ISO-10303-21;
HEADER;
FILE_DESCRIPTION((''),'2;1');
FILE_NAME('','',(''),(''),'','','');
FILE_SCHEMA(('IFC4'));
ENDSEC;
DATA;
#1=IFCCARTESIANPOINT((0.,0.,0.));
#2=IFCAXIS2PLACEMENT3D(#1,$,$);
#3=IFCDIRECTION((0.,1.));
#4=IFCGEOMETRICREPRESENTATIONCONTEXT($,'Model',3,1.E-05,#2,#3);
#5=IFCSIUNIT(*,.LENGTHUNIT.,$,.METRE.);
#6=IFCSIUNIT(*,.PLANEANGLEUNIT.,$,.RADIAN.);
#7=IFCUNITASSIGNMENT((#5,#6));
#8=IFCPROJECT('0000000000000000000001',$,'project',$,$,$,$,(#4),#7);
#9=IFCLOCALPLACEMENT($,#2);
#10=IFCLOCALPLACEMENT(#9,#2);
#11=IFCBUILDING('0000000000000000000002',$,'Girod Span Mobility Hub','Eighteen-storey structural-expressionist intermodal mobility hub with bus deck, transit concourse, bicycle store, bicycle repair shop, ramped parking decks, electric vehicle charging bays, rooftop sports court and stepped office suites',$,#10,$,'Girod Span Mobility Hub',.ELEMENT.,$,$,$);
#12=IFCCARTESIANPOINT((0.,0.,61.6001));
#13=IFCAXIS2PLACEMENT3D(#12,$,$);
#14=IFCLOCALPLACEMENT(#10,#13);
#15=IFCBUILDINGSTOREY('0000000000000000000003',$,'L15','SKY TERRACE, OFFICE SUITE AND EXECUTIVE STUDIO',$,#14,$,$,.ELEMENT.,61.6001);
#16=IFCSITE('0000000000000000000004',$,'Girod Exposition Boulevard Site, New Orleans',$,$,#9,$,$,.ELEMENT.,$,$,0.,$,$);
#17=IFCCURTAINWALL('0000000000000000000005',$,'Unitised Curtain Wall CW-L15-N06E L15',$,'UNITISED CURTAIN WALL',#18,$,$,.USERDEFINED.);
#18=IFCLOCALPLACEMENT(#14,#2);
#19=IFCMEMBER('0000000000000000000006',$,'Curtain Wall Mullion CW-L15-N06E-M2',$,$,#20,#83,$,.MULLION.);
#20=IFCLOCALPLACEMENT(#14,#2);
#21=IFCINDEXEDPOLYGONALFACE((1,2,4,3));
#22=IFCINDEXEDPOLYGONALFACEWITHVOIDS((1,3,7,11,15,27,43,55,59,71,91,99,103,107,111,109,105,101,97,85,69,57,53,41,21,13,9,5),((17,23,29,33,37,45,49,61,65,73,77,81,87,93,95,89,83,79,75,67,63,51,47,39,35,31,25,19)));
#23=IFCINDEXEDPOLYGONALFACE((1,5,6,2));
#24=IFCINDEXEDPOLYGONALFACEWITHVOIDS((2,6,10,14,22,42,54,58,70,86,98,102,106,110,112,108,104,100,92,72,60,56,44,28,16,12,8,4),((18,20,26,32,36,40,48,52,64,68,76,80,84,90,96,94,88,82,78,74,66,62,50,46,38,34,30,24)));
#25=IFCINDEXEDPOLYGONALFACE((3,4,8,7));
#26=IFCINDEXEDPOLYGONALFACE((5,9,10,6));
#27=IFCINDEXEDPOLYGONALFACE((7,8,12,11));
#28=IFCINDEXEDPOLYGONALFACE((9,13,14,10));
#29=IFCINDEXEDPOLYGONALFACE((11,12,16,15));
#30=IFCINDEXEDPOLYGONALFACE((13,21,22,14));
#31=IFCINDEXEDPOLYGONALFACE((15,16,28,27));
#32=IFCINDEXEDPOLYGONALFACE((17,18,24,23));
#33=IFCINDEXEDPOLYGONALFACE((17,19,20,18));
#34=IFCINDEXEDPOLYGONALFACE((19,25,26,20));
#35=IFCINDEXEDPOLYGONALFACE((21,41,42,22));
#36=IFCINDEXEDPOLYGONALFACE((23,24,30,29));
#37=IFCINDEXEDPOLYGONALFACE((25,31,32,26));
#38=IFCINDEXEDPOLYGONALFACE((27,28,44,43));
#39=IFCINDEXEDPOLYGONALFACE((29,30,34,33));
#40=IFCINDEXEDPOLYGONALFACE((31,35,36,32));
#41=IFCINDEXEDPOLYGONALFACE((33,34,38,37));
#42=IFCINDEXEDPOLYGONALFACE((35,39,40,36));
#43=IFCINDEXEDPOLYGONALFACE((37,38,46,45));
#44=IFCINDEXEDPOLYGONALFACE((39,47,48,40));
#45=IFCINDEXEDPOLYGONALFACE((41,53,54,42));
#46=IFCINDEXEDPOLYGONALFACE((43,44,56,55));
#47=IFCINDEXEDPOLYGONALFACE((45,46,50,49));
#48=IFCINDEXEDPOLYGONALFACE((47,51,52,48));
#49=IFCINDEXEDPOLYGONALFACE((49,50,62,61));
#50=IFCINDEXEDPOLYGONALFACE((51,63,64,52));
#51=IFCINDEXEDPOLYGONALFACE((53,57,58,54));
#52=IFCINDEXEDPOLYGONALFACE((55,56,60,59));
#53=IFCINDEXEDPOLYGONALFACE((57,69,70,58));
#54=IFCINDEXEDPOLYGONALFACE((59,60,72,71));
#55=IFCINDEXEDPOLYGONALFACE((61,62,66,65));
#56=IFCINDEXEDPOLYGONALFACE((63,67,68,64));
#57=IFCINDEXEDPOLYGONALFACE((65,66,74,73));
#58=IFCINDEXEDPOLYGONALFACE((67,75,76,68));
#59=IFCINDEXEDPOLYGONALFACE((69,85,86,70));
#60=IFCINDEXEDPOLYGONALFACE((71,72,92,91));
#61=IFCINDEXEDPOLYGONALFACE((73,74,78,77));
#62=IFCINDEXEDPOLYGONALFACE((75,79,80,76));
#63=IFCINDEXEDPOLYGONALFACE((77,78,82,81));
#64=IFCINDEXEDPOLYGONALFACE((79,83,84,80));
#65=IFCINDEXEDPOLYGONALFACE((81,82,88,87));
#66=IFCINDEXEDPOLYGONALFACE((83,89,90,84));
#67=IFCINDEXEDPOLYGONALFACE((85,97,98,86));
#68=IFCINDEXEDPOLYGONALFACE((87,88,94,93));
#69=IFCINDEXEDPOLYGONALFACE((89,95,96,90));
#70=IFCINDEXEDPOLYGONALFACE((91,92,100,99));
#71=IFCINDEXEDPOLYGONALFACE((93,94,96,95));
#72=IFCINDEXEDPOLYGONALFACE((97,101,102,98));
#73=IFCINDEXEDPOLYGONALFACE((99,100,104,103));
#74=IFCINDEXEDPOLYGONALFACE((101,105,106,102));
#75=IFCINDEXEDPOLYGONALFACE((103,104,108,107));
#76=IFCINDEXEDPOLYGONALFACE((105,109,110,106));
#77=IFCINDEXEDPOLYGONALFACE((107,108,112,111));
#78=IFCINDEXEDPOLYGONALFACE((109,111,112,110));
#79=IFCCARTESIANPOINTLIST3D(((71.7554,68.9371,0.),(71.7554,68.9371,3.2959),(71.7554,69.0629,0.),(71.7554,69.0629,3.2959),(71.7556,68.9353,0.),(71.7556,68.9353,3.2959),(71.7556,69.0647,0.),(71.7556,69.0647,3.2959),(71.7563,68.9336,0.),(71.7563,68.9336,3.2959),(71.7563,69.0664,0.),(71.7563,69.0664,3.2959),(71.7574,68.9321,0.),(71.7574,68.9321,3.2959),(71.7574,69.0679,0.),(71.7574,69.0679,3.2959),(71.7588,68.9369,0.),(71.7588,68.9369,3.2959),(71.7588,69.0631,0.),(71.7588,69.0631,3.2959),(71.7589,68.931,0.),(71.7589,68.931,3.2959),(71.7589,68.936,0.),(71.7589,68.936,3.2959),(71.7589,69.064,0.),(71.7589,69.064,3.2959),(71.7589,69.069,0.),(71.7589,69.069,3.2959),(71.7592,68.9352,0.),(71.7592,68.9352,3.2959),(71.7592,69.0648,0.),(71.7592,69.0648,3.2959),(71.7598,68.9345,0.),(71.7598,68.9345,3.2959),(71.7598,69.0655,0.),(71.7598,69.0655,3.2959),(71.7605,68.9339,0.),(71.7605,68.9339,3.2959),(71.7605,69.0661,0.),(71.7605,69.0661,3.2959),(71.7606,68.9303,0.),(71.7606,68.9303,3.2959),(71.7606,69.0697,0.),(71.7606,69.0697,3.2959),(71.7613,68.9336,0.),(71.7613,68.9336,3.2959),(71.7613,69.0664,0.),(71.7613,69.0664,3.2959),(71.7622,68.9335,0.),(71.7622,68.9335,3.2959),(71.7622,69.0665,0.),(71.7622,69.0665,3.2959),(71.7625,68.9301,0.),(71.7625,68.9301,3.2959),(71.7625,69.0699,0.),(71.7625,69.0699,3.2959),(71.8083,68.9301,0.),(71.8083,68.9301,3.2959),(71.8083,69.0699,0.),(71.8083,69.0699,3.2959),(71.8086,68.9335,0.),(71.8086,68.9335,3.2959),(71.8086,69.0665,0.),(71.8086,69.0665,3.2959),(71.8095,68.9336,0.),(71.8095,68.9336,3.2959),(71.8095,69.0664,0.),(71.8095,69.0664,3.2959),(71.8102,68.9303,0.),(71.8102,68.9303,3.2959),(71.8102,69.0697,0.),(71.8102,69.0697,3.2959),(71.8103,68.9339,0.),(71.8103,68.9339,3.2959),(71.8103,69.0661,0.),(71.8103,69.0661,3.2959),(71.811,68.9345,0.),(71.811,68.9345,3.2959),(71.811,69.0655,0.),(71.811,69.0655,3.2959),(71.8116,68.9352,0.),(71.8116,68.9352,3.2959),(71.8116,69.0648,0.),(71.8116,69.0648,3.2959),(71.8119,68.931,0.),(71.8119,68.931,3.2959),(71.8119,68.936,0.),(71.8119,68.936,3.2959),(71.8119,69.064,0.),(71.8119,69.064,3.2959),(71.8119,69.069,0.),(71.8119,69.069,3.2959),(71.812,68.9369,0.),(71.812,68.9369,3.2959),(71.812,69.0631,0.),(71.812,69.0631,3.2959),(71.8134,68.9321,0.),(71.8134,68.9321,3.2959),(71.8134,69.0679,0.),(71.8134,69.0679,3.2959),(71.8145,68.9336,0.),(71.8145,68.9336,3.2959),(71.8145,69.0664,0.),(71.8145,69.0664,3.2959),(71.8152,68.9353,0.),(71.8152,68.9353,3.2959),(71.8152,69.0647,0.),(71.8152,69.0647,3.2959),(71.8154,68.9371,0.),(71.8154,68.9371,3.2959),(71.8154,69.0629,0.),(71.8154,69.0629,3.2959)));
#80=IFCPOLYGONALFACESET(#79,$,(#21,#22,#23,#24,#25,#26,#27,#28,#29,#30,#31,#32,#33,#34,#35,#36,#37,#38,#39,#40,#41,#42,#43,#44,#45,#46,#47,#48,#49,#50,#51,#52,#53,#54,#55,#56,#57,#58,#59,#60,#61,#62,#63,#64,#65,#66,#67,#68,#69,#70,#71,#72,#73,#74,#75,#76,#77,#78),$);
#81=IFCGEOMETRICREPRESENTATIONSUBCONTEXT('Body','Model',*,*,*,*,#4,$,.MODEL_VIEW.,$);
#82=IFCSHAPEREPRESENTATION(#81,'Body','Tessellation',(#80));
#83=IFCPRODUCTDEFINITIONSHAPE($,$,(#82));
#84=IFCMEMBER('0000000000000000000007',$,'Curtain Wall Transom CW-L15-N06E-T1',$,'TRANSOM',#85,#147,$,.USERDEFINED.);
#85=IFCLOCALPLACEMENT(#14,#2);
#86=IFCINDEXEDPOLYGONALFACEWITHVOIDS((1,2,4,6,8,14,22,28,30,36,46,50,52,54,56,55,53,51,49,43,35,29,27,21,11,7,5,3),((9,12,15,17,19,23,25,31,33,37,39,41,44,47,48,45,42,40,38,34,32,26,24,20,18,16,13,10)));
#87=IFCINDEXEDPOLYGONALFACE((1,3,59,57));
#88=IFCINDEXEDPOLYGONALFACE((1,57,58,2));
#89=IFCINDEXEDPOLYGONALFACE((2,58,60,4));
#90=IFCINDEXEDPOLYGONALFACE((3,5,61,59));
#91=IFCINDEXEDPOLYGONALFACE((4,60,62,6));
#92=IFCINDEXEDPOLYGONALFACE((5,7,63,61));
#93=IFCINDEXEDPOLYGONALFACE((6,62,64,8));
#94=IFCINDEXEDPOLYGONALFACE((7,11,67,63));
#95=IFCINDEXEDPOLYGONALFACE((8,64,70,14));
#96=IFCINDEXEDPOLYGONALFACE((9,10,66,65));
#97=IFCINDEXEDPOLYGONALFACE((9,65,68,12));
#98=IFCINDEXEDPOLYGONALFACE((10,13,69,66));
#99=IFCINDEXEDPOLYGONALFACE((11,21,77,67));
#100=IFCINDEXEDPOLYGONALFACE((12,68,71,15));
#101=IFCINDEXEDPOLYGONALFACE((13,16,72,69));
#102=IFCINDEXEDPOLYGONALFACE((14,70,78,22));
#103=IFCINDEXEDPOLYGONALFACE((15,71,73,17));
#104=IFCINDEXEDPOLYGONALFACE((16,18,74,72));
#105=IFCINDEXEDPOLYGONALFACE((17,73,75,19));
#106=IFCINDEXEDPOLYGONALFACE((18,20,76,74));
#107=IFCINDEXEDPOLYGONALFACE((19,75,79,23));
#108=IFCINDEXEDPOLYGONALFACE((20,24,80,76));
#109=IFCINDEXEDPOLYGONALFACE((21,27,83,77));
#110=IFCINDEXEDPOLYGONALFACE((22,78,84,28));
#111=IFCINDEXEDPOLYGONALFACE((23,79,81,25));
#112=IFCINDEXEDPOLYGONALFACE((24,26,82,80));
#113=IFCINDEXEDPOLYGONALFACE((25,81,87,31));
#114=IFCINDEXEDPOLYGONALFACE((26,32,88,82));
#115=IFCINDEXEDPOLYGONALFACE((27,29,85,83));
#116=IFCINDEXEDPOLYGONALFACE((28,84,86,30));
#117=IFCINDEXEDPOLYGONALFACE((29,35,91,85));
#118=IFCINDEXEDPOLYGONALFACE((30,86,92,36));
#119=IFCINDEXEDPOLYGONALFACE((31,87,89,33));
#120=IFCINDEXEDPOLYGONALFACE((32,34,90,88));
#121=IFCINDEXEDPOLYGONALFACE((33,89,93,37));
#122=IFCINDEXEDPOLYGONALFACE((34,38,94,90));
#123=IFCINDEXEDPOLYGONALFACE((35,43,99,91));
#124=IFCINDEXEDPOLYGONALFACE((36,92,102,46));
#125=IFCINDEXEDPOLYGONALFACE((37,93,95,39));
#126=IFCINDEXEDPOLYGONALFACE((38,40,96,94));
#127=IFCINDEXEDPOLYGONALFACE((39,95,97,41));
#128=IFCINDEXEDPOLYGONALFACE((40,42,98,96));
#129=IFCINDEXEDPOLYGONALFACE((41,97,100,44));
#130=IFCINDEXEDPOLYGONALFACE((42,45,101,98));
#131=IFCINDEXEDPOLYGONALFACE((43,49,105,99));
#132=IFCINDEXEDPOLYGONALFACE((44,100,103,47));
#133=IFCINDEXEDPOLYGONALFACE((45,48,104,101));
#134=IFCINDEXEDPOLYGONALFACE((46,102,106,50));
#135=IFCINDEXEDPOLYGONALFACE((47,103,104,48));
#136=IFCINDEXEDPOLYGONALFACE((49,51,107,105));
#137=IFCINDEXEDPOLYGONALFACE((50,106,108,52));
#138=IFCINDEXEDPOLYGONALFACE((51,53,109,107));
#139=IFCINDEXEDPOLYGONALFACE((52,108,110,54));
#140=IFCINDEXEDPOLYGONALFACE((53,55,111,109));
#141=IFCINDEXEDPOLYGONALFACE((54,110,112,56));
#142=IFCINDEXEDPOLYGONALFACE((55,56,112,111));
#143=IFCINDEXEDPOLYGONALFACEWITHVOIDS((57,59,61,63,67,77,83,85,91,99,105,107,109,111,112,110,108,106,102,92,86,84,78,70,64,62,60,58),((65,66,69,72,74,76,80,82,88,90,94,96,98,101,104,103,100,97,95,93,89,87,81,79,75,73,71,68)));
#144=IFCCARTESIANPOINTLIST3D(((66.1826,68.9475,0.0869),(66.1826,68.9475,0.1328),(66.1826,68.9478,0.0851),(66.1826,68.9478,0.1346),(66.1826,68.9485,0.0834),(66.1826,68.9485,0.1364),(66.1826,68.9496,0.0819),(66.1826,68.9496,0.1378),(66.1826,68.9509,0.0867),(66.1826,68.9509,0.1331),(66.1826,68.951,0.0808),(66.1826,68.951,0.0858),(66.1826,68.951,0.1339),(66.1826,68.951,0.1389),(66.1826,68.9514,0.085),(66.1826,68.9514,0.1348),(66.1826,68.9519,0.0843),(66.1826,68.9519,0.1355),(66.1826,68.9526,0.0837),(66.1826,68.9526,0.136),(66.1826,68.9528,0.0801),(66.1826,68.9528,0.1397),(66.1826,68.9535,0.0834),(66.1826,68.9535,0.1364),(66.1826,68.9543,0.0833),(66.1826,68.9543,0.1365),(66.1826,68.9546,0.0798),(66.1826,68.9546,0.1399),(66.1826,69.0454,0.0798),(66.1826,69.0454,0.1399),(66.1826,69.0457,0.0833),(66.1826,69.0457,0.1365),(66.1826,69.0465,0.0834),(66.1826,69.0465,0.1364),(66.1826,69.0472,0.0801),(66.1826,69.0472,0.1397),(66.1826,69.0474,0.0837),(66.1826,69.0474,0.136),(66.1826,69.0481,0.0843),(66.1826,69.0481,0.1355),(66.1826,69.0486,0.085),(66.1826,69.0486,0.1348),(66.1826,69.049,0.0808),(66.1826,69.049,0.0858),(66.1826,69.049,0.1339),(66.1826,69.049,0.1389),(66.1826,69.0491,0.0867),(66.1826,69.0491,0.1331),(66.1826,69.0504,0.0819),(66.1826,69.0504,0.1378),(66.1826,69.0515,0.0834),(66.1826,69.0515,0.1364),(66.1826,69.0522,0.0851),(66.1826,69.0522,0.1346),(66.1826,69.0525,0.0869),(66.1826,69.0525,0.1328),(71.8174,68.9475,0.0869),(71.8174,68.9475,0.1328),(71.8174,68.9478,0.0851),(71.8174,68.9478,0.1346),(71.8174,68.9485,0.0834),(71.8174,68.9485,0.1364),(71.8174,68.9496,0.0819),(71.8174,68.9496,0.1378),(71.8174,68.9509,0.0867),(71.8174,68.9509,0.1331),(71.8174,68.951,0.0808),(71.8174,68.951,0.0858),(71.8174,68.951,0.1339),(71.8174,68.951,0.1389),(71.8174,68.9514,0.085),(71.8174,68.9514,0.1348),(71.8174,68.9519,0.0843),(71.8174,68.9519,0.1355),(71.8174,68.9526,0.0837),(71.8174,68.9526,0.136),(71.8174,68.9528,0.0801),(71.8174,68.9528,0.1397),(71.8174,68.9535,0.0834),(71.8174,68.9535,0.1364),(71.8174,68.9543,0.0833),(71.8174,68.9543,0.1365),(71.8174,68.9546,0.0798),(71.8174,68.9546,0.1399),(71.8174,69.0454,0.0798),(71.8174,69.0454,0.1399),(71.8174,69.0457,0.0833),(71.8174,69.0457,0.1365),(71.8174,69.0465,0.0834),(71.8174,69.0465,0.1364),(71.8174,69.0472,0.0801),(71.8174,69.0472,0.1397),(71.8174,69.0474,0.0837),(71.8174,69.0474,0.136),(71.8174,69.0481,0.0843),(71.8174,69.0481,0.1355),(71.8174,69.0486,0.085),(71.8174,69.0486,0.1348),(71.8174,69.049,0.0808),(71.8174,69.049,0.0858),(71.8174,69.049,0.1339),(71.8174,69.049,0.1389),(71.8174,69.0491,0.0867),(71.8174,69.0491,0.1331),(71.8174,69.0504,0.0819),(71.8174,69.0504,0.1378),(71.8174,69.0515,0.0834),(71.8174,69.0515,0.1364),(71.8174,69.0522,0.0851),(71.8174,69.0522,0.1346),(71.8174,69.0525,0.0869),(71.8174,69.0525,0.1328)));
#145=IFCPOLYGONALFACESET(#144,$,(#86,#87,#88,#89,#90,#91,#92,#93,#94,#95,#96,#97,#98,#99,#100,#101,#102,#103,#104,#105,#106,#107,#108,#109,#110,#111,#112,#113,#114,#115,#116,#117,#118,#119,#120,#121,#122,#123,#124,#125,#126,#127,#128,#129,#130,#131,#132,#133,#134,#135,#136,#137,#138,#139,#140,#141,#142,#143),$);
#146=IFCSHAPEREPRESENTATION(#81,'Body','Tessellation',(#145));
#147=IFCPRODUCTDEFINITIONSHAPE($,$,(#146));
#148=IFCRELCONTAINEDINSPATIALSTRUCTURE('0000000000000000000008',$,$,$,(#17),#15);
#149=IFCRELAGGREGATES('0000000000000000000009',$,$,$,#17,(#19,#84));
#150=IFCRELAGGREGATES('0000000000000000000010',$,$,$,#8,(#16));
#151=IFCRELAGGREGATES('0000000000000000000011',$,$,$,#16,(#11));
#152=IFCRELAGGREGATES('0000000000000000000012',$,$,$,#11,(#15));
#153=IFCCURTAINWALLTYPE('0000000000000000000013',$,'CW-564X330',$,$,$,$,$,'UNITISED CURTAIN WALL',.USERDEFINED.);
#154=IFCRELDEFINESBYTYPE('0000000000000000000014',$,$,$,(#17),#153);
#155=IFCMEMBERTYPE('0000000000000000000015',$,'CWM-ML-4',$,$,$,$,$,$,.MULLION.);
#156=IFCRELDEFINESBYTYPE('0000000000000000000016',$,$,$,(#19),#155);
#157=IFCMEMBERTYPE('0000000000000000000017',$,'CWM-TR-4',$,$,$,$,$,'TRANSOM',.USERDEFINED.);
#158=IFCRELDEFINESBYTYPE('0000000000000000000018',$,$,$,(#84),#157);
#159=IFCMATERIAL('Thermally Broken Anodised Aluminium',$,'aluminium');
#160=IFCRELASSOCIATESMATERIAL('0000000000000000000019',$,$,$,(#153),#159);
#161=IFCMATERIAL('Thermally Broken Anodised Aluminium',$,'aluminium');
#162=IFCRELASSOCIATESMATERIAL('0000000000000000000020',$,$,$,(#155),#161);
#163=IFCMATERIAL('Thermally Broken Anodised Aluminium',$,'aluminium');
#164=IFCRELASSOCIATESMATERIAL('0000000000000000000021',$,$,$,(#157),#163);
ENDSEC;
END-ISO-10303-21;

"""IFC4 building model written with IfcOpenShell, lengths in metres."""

from ifc_helpers import new_model, si_unit, direction, frame, origin, origin_2d, place, context, subcontext, project, spatial, hollow_rectangle, extrude, material, material_profile, profile_set, type_object, element, aggregate, save


model = new_model("IFC4")

# Units and contexts
model_context = context("Model", 3, precision=1e-05, world=origin(), true_north=direction((0.0, 1.0)))
body_context = subcontext(model_context, "Body", "Model", "MODEL_VIEW")
ifc_project = project(units=[si_unit("LENGTHUNIT", "METRE"), si_unit("PLANEANGLEUNIT", "RADIAN")], contexts=[model_context])

# Site, building, storey
site_placement = place(None, origin())
site = spatial("IfcSite", under=ifc_project, at=site_placement, Name="Girod Exposition Boulevard Site, New Orleans", CompositionType="ELEMENT", RefElevation=0.0)
building_placement = place(site_placement, origin())
building = spatial("IfcBuilding", under=site, at=building_placement, Name="Girod Span Mobility Hub", Description="Eighteen-storey structural-expressionist intermodal mobility hub with bus deck, transit concourse, bicycle store, bicycle repair shop, ramped parking decks, electric vehicle charging bays, rooftop sports court and stepped office suites", LongName="Girod Span Mobility Hub", CompositionType="ELEMENT")
storey_placement = place(building_placement, frame((0.0, 0.0, 61.6001)))
storey = spatial("IfcBuildingStorey", under=building, at=storey_placement, Name="L15", Description="SKY TERRACE, OFFICE SUITE AND EXECUTIVE STUDIO", CompositionType="ELEMENT", Elevation=61.6001)

# Curtain wall, members
ifc_material_1 = material(Name="Thermally Broken Anodised Aluminium", Category="aluminium")
curtain_wall_type = type_object("IfcCurtainWallType", Name="CW-564X330", ElementType="UNITISED CURTAIN WALL", PredefinedType="USERDEFINED", material=ifc_material_1)
curtain_wall_placement = place(storey_placement, origin())
curtain_wall = element("IfcCurtainWall", 1, at=curtain_wall_placement, inside=storey, type_object=curtain_wall_type, Name="Unitised Curtain Wall CW-L15-N06E L15", ObjectType="UNITISED CURTAIN WALL", PredefinedType="USERDEFINED")
ifc_material_2 = material(Name="Thermally Broken Anodised Aluminium", Category="aluminium")
ifc_material_profile_1 = material_profile(ifc_material_2, hollow_rectangle(XDim=0.1399, YDim=0.0601, WallThickness=0.0034, InnerFilletRadius=0.0034, OuterFilletRadius=0.0071, at=origin_2d()), Name="CW-ML-60X140")
ifc_profile_set_1 = profile_set([ifc_material_profile_1], Name="Thermally Broken Anodised Aluminium")
member_type_1 = type_object("IfcMemberType", Name="CWM-ML-4", PredefinedType="MULLION", material=ifc_profile_set_1)
member_1_placement = place(storey_placement, frame((71.7854, 69.0, 0.0), z_axis=(0.0, 0.0, 1.0), x_axis=(0.0, 1.0, 0.0)))
member_1 = element("IfcMember", 2, at=member_1_placement, type_object=member_type_1, Name="Curtain Wall Mullion CW-L15-N06E-M2", PredefinedType="MULLION", context=body_context, shape_type="SweptSolid", body=[
    extrude(hollow_rectangle(XDim=0.1399, YDim=0.0601, WallThickness=0.0034, InnerFilletRadius=0.0034, OuterFilletRadius=0.0071, at=origin_2d()), origin(), (0.0, 0.0, 1.0), 3.2959),
])
ifc_material_3 = material(Name="Thermally Broken Anodised Aluminium", Category="aluminium")
ifc_material_profile_2 = material_profile(ifc_material_3, hollow_rectangle(XDim=0.105, YDim=0.0601, WallThickness=0.0034, InnerFilletRadius=0.0034, OuterFilletRadius=0.0071, at=origin_2d()), Name="CW-TR-60X105")
ifc_profile_set_2 = profile_set([ifc_material_profile_2], Name="Thermally Broken Anodised Aluminium")
member_type_2 = type_object("IfcMemberType", Name="CWM-TR-4", ElementType="TRANSOM", PredefinedType="USERDEFINED", material=ifc_profile_set_2)
member_2_placement = place(storey_placement, frame((66.1826, 69.0, 0.1099), z_axis=(1.0, 0.0, 0.0), x_axis=(0.0, 1.0, 0.0)))
member_2 = element("IfcMember", 3, at=member_2_placement, type_object=member_type_2, Name="Curtain Wall Transom CW-L15-N06E-T1", ObjectType="TRANSOM", PredefinedType="USERDEFINED", context=body_context, shape_type="SweptSolid", body=[
    extrude(hollow_rectangle(XDim=0.105, YDim=0.0601, WallThickness=0.0034, InnerFilletRadius=0.0034, OuterFilletRadius=0.0071, at=origin_2d()), origin(), (0.0, 0.0, 1.0), 5.6348),
])
aggregate(curtain_wall, [member_1, member_2])

save(model, "model.ifc")
